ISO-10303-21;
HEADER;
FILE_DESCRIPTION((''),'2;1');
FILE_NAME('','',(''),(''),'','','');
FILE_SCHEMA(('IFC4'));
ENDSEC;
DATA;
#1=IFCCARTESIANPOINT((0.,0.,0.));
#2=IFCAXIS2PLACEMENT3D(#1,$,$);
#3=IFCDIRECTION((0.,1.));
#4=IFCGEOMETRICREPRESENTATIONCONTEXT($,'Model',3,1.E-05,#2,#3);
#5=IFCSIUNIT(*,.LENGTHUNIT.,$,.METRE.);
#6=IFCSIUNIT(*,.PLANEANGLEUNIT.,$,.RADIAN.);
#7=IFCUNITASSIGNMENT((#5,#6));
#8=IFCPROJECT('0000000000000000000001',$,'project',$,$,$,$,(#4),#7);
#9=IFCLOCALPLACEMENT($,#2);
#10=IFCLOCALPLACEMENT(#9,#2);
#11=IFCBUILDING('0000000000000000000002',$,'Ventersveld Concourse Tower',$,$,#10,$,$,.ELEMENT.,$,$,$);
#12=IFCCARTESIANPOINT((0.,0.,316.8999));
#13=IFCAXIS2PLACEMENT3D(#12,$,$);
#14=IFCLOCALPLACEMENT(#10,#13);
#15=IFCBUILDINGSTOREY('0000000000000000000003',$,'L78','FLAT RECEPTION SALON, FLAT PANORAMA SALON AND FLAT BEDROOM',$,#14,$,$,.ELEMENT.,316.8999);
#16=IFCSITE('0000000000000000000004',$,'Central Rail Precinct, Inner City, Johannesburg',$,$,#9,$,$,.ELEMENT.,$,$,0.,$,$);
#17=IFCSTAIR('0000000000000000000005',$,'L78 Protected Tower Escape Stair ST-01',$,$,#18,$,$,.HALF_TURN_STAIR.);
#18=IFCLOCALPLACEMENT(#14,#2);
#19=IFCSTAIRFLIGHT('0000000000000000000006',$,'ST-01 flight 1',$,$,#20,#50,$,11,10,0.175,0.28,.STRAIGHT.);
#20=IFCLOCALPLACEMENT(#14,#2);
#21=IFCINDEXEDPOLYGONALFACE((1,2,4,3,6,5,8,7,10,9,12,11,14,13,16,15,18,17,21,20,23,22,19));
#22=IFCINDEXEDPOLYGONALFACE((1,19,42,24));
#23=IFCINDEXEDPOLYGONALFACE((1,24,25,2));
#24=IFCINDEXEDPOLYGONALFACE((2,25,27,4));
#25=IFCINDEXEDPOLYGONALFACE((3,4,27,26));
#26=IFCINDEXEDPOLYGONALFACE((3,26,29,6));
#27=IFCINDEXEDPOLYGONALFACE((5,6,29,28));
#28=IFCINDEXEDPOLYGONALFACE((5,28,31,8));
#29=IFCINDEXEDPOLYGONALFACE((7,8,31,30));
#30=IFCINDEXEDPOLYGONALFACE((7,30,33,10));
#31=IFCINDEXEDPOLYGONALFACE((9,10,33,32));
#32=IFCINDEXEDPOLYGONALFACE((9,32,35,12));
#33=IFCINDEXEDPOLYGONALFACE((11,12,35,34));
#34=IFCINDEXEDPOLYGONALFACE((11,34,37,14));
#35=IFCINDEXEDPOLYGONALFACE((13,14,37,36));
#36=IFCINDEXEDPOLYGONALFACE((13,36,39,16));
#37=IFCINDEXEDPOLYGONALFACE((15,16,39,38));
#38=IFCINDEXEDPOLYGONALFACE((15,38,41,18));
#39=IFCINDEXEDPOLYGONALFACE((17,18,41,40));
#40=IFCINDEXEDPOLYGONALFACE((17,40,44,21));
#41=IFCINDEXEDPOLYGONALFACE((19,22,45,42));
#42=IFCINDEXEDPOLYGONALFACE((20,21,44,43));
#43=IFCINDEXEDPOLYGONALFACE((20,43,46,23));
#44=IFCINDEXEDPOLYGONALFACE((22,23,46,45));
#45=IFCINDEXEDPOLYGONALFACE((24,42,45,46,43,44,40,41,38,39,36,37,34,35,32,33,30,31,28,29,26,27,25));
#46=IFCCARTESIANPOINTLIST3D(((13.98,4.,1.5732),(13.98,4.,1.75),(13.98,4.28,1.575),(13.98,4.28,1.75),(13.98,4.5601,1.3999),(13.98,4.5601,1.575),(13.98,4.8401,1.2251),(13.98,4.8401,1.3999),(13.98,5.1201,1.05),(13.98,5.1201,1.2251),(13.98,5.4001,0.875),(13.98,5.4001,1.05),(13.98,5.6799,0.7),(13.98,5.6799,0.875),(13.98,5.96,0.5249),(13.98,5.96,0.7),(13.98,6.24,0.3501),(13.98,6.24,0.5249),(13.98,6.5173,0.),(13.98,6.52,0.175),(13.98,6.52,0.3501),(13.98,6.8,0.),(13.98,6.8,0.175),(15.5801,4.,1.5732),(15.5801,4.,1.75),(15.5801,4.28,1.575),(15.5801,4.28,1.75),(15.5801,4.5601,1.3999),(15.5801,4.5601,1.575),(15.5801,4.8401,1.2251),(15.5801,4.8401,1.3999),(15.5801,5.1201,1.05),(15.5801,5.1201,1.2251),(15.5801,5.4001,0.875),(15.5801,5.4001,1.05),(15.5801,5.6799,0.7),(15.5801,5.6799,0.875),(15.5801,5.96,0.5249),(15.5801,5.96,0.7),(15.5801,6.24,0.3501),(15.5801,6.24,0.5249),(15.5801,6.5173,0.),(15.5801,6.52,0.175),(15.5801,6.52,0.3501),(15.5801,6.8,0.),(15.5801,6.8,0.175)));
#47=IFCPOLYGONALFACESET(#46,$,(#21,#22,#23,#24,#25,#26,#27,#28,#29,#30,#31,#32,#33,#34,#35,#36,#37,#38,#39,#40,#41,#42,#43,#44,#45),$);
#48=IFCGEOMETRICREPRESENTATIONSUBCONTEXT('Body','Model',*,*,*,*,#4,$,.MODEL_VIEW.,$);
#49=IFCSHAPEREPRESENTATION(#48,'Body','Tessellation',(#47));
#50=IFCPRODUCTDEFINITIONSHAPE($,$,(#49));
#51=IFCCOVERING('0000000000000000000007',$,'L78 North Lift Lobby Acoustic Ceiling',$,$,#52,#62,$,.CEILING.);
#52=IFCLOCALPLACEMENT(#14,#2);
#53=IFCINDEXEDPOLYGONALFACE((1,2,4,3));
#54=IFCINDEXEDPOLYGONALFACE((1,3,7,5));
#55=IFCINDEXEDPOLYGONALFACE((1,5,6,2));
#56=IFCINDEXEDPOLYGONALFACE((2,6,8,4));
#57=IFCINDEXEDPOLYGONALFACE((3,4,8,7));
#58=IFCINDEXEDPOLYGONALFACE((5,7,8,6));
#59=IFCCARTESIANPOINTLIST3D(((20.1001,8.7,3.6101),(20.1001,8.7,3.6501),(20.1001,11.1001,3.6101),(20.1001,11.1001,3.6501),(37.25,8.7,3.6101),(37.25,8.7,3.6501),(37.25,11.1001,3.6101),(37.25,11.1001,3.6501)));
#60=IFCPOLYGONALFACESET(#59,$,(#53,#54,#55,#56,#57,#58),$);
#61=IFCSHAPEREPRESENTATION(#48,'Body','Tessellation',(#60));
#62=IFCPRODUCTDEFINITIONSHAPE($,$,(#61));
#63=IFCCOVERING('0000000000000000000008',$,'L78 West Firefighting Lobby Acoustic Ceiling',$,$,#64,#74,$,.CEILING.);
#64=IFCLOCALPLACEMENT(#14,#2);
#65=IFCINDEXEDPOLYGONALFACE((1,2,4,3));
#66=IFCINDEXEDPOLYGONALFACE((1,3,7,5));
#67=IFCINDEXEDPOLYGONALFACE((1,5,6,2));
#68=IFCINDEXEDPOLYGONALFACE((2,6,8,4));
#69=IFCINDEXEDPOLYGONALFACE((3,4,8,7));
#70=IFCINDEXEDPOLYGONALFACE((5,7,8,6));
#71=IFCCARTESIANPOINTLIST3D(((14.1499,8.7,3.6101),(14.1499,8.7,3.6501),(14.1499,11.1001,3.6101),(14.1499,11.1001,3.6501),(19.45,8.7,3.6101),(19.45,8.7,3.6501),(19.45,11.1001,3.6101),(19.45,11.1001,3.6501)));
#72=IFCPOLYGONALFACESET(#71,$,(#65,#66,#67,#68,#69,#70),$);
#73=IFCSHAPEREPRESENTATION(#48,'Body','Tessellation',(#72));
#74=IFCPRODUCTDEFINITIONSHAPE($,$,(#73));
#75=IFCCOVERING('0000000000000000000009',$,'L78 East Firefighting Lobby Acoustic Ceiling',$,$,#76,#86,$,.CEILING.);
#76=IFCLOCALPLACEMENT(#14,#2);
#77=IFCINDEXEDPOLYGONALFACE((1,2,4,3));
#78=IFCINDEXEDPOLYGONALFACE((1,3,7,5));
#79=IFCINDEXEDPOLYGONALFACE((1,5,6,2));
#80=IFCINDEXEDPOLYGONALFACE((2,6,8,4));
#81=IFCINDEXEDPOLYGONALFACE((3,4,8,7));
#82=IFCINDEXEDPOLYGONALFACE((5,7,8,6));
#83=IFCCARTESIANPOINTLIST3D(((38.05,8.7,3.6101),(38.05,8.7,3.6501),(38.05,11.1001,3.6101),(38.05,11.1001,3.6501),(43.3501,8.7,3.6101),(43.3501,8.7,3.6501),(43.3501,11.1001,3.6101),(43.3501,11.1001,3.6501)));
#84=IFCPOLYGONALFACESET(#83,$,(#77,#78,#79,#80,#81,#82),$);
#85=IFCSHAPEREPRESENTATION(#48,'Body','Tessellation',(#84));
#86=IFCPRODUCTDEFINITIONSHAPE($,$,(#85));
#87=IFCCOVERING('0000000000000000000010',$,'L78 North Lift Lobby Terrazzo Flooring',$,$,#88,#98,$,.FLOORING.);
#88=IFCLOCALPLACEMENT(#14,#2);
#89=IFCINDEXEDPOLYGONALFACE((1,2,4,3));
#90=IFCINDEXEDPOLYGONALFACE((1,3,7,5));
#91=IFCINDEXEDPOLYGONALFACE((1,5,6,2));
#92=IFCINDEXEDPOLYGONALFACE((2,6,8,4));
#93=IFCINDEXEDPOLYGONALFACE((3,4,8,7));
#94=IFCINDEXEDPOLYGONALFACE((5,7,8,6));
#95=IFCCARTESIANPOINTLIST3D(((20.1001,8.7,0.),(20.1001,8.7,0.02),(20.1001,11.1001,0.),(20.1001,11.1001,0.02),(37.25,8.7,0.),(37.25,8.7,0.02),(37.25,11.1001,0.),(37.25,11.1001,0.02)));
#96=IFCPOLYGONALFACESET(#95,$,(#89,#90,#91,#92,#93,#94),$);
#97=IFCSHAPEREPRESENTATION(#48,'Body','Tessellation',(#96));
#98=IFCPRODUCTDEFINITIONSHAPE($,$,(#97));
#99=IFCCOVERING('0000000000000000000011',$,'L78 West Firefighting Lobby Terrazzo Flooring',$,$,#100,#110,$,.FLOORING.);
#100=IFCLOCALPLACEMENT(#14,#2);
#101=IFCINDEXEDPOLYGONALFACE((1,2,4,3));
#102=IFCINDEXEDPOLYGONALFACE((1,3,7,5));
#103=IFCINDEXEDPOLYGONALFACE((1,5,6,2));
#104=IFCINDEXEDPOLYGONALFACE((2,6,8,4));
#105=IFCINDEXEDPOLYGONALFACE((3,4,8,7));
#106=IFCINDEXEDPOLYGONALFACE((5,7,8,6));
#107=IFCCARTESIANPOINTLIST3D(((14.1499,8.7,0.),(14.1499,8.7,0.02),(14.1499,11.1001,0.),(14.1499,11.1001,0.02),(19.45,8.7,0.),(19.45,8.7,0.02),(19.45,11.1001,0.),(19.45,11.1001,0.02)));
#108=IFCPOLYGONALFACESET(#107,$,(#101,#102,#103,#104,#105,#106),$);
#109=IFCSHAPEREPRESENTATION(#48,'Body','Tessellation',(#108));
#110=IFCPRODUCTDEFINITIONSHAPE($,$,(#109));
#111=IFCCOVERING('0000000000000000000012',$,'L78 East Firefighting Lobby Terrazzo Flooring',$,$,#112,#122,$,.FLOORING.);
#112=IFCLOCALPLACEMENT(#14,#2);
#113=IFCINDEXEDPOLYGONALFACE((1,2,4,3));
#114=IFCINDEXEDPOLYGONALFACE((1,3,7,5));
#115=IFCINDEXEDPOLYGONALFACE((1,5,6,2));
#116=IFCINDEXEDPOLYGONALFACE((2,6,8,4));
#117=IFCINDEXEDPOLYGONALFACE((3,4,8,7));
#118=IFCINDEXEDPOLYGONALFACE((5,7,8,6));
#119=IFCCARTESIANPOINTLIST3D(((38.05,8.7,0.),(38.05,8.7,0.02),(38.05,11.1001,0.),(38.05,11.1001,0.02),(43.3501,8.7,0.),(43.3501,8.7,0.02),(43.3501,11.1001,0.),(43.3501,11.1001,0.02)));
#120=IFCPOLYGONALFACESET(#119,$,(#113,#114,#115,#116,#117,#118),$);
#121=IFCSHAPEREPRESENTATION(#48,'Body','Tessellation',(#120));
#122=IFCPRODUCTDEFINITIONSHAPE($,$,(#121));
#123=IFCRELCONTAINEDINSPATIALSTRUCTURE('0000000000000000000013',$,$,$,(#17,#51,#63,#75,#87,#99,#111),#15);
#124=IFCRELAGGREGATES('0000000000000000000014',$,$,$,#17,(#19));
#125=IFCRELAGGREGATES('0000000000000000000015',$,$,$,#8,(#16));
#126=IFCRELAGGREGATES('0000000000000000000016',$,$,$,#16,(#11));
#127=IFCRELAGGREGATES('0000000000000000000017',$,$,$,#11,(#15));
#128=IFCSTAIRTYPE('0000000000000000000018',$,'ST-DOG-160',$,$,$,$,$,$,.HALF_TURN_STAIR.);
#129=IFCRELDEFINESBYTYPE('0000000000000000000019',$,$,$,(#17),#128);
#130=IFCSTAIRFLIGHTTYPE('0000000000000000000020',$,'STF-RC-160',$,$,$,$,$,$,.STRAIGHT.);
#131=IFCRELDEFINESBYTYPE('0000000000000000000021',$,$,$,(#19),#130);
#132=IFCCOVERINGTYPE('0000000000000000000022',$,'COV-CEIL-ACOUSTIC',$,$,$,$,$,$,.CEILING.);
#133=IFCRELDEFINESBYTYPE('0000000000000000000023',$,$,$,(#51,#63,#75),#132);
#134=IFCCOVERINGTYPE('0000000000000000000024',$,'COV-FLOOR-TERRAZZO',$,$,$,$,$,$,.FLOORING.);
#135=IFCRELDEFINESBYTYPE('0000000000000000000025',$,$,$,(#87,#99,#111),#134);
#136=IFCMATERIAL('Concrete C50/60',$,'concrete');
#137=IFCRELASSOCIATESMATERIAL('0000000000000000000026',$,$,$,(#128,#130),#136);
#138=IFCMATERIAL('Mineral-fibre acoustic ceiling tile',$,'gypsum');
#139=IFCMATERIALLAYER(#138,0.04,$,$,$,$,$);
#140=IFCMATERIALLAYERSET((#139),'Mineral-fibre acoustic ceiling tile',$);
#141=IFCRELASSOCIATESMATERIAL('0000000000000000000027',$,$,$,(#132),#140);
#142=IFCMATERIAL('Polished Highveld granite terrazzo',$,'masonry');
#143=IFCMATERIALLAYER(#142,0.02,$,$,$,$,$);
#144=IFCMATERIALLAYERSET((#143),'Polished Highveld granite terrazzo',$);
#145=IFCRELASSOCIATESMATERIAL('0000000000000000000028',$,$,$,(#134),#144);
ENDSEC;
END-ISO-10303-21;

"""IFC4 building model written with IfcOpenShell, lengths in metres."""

from ifc_helpers import new_model, si_unit, direction, frame, origin, place, context, subcontext, project, spatial, polyline, outline, extrude, material, layer, layer_set, type_object, element, aggregate, save


model = new_model("IFC4")

# Units and contexts
model_context = context("Model", 3, precision=1e-05, world=origin(), true_north=direction((0.0, 1.0)))
body_context = subcontext(model_context, "Body", "Model", "MODEL_VIEW")
ifc_project = project(units=[si_unit("LENGTHUNIT", "METRE"), si_unit("PLANEANGLEUNIT", "RADIAN")], contexts=[model_context])

# Site, building, storey
site_placement = place(None, origin())
site = spatial("IfcSite", under=ifc_project, at=site_placement, Name="Central Rail Precinct, Inner City, Johannesburg", CompositionType="ELEMENT", RefElevation=0.0)
building_placement = place(site_placement, origin())
building = spatial("IfcBuilding", under=site, at=building_placement, Name="Ventersveld Concourse Tower", CompositionType="ELEMENT")
storey_placement = place(building_placement, frame((0.0, 0.0, 316.8999)))
storey = spatial("IfcBuildingStorey", under=building, at=storey_placement, Name="L78", Description="FLAT RECEPTION SALON, FLAT PANORAMA SALON AND FLAT BEDROOM", CompositionType="ELEMENT", Elevation=316.8999)

# Shared definitions
ifc_material_1 = material(Name="Concrete C50/60", Category="concrete")

# Stair
stair_type_1 = type_object("IfcStairType", Name="ST-DOG-160", PredefinedType="HALF_TURN_STAIR", material=ifc_material_1)
stair_1_placement = place(storey_placement, origin())
stair_1 = element("IfcStair", 1, at=stair_1_placement, inside=storey, type_object=stair_type_1, Name="L78 Protected Tower Escape Stair ST-01", PredefinedType="HALF_TURN_STAIR")

# Stair flight
stair_flight_type = type_object("IfcStairFlightType", Name="STF-RC-160", PredefinedType="STRAIGHT", material=ifc_material_1)
stair_flight_placement = place(storey_placement, frame((14.78, 6.8, 0.0), z_axis=(0.0, 0.0, 1.0), x_axis=(0.0, -1.0, 0.0)))
stair_flight = element("IfcStairFlight", 2, at=stair_flight_placement, type_object=stair_flight_type, Name="ST-01 flight 1", NumberOfRisers=11, NumberOfTreads=10, PredefinedType="STRAIGHT", RiserHeight=0.175, TreadLength=0.28, context=body_context, shape_type="SweptSolid", body=[
    extrude(outline(polyline([(0.0, 0.0), (0.0, 0.175), (0.28, 0.175), (0.28, 0.3501), (0.5601, 0.3501), (0.5601, 0.5249), (0.8401, 0.5249), (0.8401, 0.7), (1.1201, 0.7), (1.1201, 0.875), (1.3999, 0.875), (1.3999, 1.05), (1.6799, 1.05), (1.6799, 1.2251), (1.96, 1.2251), (1.96, 1.3999), (2.24, 1.3999), (2.24, 1.575), (2.52, 1.575), (2.52, 1.75), (2.8, 1.75), (2.8, 1.925), (2.8, 1.5732), (0.2827, 0.0), (0.0, 0.0)])), frame((0.0, 0.8, 0.0), z_axis=(0.0, -1.0, 0.0), x_axis=(1.0, 0.0, 0.0)), (0.0, 0.0, 1.0), 1.6001),
])
aggregate(stair_1, [stair_flight])

# Coverings
ifc_material_2 = material(Name="Mineral-fibre acoustic ceiling tile", Category="gypsum")
ifc_layer_1 = layer(ifc_material_2, 0.04)
ifc_layer_set_1 = layer_set([ifc_layer_1], Name="Mineral-fibre acoustic ceiling tile")
covering_type_1 = type_object("IfcCoveringType", Name="COV-CEIL-ACOUSTIC", PredefinedType="CEILING", material=ifc_layer_set_1)
covering_1_placement = place(storey_placement, frame((0.0, 0.0, 3.6101)))
element("IfcCovering", 3, at=covering_1_placement, inside=storey, type_object=covering_type_1, Name="L78 North Lift Lobby Acoustic Ceiling", PredefinedType="CEILING", context=body_context, shape_type="SweptSolid", body=[
    extrude(outline(polyline([(20.1001, 8.7), (37.25, 8.7), (37.25, 11.1001), (20.1001, 11.1001), (20.1001, 8.7)])), origin(), (0.0, 0.0, 1.0), 0.04),
])
covering_2_placement = place(storey_placement, frame((0.0, 0.0, 3.6101)))
element("IfcCovering", 4, at=covering_2_placement, inside=storey, type_object=covering_type_1, Name="L78 West Firefighting Lobby Acoustic Ceiling", PredefinedType="CEILING", context=body_context, shape_type="SweptSolid", body=[
    extrude(outline(polyline([(14.1499, 8.7), (19.45, 8.7), (19.45, 11.1001), (14.1499, 11.1001), (14.1499, 8.7)])), origin(), (0.0, 0.0, 1.0), 0.04),
])
covering_3_placement = place(storey_placement, frame((0.0, 0.0, 3.6101)))
element("IfcCovering", 5, at=covering_3_placement, inside=storey, type_object=covering_type_1, Name="L78 East Firefighting Lobby Acoustic Ceiling", PredefinedType="CEILING", context=body_context, shape_type="SweptSolid", body=[
    extrude(outline(polyline([(38.05, 8.7), (43.3501, 8.7), (43.3501, 11.1001), (38.05, 11.1001), (38.05, 8.7)])), origin(), (0.0, 0.0, 1.0), 0.04),
])
ifc_material_3 = material(Name="Polished Highveld granite terrazzo", Category="masonry")
ifc_layer_2 = layer(ifc_material_3, 0.02)
ifc_layer_set_2 = layer_set([ifc_layer_2], Name="Polished Highveld granite terrazzo")
covering_type_2 = type_object("IfcCoveringType", Name="COV-FLOOR-TERRAZZO", PredefinedType="FLOORING", material=ifc_layer_set_2)
covering_4_placement = place(storey_placement, origin())
element("IfcCovering", 6, at=covering_4_placement, inside=storey, type_object=covering_type_2, Name="L78 North Lift Lobby Terrazzo Flooring", PredefinedType="FLOORING", context=body_context, shape_type="SweptSolid", body=[
    extrude(outline(polyline([(20.1001, 8.7), (37.25, 8.7), (37.25, 11.1001), (20.1001, 11.1001), (20.1001, 8.7)])), origin(), (0.0, 0.0, 1.0), 0.02),
])
covering_5_placement = place(storey_placement, origin())
element("IfcCovering", 7, at=covering_5_placement, inside=storey, type_object=covering_type_2, Name="L78 West Firefighting Lobby Terrazzo Flooring", PredefinedType="FLOORING", context=body_context, shape_type="SweptSolid", body=[
    extrude(outline(polyline([(14.1499, 8.7), (19.45, 8.7), (19.45, 11.1001), (14.1499, 11.1001), (14.1499, 8.7)])), origin(), (0.0, 0.0, 1.0), 0.02),
])
covering_6_placement = place(storey_placement, origin())
element("IfcCovering", 8, at=covering_6_placement, inside=storey, type_object=covering_type_2, Name="L78 East Firefighting Lobby Terrazzo Flooring", PredefinedType="FLOORING", context=body_context, shape_type="SweptSolid", body=[
    extrude(outline(polyline([(38.05, 8.7), (43.3501, 8.7), (43.3501, 11.1001), (38.05, 11.1001), (38.05, 8.7)])), origin(), (0.0, 0.0, 1.0), 0.02),
])

save(model, "model.ifc")
